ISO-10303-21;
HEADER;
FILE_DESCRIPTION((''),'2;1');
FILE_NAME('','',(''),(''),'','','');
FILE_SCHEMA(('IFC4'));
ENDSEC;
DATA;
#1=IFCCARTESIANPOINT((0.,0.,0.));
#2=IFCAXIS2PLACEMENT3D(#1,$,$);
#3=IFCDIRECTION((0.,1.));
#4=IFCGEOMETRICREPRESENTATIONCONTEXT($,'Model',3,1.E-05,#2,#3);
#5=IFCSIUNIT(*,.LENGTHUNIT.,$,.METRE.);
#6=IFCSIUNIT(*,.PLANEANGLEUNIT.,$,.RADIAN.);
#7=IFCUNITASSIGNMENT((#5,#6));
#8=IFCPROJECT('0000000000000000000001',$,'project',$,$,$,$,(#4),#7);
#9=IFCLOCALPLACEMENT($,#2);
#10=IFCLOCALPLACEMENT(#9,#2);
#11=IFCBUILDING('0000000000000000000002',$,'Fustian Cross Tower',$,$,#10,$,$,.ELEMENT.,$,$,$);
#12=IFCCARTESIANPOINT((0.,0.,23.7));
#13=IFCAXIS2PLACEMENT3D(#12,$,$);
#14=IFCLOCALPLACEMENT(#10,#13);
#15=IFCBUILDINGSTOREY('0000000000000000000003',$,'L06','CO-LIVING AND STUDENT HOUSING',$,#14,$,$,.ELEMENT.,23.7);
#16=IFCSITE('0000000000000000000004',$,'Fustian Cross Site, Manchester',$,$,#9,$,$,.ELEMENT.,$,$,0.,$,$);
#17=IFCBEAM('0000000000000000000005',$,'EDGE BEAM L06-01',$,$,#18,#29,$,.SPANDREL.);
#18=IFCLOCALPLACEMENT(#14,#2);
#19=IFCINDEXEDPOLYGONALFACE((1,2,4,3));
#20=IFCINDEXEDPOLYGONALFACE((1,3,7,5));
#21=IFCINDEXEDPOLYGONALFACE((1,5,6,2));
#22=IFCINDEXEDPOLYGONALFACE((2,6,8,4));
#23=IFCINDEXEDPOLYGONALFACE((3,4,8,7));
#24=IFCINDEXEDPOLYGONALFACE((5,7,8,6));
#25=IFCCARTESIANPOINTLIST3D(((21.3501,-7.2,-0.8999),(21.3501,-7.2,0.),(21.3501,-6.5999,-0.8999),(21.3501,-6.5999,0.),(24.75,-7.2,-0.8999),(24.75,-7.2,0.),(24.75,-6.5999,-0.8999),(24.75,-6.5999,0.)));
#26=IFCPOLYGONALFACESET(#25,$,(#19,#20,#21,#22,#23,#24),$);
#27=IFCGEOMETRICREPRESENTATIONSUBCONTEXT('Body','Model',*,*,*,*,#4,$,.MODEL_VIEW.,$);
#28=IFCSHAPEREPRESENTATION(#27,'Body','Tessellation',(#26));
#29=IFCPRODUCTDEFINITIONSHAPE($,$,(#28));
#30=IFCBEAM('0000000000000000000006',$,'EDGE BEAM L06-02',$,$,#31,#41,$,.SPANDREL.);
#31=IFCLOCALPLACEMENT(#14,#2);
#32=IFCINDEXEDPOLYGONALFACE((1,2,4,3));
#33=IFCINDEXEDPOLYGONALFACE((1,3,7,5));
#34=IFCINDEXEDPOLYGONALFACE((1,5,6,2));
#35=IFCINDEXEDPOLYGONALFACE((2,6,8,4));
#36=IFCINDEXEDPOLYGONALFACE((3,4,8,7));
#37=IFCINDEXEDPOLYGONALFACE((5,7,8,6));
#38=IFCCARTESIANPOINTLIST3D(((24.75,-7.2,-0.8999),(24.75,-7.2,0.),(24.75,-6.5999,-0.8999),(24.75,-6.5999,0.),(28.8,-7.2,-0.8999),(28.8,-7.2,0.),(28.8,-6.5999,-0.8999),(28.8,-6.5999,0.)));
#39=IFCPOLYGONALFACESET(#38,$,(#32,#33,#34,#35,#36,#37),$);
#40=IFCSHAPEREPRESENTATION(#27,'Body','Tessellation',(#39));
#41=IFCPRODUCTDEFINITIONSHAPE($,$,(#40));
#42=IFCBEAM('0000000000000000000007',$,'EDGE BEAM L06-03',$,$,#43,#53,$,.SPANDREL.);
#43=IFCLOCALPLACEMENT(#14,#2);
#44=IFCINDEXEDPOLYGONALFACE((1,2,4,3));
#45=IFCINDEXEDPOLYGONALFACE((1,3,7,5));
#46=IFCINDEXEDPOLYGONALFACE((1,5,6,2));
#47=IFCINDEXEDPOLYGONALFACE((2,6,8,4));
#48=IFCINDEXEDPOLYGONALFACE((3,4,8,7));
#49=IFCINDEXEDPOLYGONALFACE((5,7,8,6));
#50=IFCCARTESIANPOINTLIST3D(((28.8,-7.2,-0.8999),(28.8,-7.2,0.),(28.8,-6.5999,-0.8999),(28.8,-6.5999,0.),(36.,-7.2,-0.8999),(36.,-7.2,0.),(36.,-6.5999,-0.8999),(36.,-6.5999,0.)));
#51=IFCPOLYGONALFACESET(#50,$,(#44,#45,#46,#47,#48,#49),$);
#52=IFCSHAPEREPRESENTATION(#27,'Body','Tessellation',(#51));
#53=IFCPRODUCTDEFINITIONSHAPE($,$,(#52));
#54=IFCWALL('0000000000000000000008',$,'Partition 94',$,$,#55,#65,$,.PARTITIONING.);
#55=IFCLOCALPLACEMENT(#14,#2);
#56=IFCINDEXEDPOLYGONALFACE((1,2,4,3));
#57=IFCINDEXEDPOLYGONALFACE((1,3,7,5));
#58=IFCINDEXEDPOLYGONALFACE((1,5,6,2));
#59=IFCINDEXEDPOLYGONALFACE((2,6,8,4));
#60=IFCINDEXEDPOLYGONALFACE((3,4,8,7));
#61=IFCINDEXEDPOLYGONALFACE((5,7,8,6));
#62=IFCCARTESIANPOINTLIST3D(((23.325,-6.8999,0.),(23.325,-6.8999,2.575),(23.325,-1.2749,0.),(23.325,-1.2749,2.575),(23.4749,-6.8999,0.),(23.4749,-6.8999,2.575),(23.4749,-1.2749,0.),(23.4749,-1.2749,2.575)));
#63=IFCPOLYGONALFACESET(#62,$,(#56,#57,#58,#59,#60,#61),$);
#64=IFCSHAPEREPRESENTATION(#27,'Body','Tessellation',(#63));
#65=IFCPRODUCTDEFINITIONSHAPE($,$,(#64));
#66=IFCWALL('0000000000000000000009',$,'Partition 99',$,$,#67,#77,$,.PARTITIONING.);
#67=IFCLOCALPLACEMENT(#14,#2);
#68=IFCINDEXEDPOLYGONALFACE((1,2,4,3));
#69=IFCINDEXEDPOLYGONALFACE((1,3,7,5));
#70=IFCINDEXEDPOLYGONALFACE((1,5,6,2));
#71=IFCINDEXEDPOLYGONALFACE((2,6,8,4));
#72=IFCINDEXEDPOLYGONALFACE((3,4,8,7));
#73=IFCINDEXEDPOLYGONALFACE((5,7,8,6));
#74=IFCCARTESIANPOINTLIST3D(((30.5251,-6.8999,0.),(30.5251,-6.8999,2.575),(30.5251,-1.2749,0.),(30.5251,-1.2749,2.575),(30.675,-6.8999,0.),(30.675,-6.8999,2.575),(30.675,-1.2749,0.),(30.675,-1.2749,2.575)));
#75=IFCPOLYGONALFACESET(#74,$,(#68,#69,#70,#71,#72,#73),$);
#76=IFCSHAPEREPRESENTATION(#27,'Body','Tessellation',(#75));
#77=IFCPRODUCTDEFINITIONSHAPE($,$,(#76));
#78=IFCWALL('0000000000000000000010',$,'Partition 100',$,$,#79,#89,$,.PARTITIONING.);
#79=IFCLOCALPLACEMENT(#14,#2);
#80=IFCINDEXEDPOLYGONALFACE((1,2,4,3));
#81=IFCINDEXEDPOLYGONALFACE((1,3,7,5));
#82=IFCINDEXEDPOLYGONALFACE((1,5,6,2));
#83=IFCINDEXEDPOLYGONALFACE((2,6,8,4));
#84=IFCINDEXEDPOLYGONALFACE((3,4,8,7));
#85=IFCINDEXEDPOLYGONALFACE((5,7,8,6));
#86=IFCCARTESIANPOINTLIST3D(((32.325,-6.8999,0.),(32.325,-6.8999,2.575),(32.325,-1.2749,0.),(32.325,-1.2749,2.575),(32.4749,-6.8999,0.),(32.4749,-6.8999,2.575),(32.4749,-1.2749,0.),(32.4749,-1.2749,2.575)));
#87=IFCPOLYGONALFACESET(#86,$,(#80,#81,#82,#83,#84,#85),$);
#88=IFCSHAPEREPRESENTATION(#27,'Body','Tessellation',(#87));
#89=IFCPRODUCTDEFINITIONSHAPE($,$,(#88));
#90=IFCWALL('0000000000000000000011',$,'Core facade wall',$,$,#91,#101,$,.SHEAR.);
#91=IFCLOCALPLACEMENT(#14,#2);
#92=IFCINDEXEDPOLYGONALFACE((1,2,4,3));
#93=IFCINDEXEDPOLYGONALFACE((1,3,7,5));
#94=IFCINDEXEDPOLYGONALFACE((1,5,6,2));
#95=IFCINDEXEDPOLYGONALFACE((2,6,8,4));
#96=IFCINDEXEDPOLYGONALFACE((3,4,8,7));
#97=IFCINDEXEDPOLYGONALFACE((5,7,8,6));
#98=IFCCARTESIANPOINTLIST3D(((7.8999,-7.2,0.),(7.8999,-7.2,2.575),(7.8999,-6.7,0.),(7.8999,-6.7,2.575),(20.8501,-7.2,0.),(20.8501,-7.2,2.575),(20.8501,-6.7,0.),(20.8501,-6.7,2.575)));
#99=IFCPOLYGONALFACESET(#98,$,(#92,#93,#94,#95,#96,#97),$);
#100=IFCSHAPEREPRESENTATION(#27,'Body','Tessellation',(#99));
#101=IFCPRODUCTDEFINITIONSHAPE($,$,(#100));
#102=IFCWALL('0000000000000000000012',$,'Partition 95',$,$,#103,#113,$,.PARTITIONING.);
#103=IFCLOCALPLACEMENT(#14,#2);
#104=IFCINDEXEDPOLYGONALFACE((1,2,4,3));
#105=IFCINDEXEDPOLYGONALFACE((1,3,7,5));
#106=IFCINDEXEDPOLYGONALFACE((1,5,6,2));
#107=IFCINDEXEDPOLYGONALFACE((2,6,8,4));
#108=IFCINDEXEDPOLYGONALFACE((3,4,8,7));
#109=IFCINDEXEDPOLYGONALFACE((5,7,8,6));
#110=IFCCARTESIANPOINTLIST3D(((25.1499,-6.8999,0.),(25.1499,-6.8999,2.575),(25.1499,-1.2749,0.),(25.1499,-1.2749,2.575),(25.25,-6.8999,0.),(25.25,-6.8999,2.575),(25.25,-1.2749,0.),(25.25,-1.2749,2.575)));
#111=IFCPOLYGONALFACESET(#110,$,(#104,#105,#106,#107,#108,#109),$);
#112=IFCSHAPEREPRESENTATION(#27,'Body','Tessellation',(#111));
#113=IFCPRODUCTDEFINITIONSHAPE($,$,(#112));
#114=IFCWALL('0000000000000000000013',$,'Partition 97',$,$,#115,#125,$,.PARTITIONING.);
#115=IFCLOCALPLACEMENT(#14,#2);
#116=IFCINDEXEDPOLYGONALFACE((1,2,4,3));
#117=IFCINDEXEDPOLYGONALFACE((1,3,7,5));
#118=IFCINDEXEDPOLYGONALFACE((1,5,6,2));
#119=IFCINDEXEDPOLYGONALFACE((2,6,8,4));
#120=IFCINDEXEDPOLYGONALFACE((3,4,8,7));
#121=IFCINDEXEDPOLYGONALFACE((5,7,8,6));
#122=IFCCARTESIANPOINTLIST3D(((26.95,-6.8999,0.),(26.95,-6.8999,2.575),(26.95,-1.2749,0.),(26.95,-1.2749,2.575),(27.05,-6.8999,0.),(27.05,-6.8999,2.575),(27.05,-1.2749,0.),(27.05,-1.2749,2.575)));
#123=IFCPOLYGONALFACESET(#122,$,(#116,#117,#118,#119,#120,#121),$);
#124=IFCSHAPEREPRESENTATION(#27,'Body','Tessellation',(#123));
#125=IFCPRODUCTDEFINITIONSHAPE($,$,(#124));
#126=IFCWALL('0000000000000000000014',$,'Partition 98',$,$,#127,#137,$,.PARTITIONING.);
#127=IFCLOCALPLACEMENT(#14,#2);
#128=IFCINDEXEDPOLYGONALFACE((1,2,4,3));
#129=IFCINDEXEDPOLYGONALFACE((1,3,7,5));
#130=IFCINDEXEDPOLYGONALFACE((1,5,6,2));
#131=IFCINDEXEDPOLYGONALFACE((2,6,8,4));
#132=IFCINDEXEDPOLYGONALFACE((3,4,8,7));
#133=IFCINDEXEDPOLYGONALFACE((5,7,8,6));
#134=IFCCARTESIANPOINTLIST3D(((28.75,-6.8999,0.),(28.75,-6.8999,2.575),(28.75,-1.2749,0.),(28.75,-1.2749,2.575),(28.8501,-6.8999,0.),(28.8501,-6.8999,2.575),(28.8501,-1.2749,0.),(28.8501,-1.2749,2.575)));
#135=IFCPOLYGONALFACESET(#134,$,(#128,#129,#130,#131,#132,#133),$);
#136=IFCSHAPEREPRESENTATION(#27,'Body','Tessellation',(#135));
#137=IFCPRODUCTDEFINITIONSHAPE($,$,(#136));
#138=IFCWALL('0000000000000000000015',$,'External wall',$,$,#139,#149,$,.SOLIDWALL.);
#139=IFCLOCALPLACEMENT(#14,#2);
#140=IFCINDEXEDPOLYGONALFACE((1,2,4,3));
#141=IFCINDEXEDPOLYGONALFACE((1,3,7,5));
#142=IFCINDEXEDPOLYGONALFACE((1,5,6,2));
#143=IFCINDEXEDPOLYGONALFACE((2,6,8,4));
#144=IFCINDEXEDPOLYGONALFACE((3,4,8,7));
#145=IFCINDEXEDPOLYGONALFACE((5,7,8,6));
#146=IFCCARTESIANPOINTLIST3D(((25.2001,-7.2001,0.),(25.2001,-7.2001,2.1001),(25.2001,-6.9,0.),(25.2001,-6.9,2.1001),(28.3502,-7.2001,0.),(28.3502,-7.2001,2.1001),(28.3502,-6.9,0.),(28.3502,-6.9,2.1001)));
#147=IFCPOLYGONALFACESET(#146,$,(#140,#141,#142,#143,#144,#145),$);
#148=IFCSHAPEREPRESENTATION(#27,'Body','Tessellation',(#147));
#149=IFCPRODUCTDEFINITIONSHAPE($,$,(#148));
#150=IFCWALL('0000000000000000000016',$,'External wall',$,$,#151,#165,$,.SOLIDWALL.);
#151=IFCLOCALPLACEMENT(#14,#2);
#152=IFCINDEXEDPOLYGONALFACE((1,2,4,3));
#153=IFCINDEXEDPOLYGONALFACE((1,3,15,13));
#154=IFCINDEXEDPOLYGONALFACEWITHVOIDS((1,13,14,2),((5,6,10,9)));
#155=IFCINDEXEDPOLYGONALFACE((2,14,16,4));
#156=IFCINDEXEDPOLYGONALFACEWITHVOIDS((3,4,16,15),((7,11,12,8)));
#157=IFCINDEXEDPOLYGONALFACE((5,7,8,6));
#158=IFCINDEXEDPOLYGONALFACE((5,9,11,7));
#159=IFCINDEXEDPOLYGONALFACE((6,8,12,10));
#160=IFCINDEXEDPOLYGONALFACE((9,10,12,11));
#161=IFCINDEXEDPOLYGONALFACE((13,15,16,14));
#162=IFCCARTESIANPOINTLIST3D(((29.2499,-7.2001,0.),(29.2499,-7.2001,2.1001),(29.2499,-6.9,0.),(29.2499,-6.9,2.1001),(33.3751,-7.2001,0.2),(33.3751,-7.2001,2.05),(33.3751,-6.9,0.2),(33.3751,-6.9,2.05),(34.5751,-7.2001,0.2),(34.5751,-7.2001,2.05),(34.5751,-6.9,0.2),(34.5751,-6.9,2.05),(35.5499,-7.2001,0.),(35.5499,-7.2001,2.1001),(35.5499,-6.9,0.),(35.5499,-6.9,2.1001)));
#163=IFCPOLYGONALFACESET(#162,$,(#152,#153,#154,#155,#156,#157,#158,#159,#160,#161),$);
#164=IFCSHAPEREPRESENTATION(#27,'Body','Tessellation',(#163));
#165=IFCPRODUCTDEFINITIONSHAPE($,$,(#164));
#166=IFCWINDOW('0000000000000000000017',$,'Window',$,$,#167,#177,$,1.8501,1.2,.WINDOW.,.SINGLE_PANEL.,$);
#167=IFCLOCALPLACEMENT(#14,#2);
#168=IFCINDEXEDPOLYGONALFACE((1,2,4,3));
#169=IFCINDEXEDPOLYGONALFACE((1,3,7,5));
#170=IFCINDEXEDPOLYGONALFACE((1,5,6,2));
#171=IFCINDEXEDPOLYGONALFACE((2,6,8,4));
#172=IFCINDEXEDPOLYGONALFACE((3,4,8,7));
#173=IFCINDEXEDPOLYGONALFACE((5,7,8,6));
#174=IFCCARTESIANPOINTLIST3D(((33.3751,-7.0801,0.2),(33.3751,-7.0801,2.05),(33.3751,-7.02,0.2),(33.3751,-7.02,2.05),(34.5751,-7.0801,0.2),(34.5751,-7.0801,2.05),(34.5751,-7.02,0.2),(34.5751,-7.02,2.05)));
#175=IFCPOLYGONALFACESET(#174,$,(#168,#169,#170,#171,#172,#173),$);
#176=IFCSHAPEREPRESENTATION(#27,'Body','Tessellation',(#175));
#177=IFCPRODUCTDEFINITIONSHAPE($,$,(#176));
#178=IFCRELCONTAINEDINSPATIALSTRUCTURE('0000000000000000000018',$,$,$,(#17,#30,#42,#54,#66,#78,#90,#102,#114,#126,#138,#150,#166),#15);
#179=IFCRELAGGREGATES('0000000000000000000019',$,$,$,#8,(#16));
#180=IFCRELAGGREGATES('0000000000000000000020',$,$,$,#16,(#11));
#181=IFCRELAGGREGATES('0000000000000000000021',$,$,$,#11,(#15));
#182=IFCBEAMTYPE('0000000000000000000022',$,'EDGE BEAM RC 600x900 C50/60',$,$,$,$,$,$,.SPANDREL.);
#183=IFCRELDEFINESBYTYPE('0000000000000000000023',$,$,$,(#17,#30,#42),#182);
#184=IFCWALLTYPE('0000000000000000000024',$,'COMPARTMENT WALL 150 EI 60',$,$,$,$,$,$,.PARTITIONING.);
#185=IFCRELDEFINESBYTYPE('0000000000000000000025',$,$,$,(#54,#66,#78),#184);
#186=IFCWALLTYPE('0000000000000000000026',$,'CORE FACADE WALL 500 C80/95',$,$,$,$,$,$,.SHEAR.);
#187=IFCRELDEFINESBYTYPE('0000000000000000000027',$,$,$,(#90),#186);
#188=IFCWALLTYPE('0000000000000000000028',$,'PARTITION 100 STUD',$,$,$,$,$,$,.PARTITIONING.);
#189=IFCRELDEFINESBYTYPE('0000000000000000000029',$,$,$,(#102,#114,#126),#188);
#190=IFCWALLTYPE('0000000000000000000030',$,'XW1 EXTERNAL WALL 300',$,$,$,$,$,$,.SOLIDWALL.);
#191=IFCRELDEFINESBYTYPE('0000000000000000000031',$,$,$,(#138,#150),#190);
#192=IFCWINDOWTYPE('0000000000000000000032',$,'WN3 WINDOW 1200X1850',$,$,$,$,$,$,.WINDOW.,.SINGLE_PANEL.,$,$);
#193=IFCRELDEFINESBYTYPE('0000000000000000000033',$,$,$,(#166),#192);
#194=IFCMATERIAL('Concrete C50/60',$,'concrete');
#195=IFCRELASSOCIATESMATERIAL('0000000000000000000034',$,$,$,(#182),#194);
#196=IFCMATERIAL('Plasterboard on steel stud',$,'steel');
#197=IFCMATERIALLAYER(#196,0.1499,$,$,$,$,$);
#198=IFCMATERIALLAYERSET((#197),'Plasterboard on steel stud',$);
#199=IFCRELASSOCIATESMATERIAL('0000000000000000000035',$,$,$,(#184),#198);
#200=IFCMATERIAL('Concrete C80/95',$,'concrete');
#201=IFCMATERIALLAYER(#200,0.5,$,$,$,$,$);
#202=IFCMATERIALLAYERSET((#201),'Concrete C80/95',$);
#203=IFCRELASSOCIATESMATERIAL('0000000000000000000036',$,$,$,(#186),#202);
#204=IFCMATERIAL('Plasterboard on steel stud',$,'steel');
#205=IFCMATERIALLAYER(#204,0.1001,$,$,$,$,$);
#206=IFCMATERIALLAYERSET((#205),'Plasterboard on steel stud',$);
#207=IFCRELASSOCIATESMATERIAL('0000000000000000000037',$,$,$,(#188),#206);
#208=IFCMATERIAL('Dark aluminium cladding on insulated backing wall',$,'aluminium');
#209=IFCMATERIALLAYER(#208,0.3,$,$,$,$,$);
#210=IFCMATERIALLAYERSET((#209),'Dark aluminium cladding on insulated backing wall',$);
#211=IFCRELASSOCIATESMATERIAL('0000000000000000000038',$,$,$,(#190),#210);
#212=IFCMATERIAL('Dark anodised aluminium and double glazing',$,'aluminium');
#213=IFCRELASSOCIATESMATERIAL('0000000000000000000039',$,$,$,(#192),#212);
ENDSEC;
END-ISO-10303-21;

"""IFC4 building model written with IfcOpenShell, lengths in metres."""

from ifc_helpers import new_model, si_unit, direction, frame, frame_2d, origin, origin_2d, place, context, subcontext, project, spatial, rectangle, extrude, material, layer, layer_set, material_profile, profile_set, type_object, element, fill, save


model = new_model("IFC4")

# Units and contexts
model_context = context("Model", 3, precision=1e-05, world=origin(), true_north=direction((0.0, 1.0)))
body_context = subcontext(model_context, "Body", "Model", "MODEL_VIEW")
ifc_project = project(units=[si_unit("LENGTHUNIT", "METRE"), si_unit("PLANEANGLEUNIT", "RADIAN")], contexts=[model_context])

# Site, building, storey
site_placement = place(None, origin())
site = spatial("IfcSite", under=ifc_project, at=site_placement, Name="Fustian Cross Site, Manchester", CompositionType="ELEMENT", RefElevation=0.0)
building_placement = place(site_placement, origin())
building = spatial("IfcBuilding", under=site, at=building_placement, Name="Fustian Cross Tower", CompositionType="ELEMENT")
storey_placement = place(building_placement, frame((0.0, 0.0, 23.7)))
storey = spatial("IfcBuildingStorey", under=building, at=storey_placement, Name="L06", Description="CO-LIVING AND STUDENT HOUSING", CompositionType="ELEMENT", Elevation=23.7)

# Beams
ifc_material_1 = material(Name="Concrete C50/60", Category="concrete")
ifc_material_profile = material_profile(ifc_material_1, rectangle(XDim=0.6001, YDim=0.8999, at=origin_2d()), Name="RC 600x900")
ifc_profile_set = profile_set([ifc_material_profile], Name="Concrete C50/60")
beam_type = type_object("IfcBeamType", Name="EDGE BEAM RC 600x900 C50/60", PredefinedType="SPANDREL", material=ifc_profile_set)
beam_1_placement = place(storey_placement, frame((21.3501, -6.8999, -0.45), z_axis=(1.0, 0.0, 0.0), x_axis=(0.0, 1.0, 0.0)))
element("IfcBeam", 1, at=beam_1_placement, inside=storey, type_object=beam_type, Name="EDGE BEAM L06-01", PredefinedType="SPANDREL", context=body_context, shape_type="SweptSolid", body=[
    extrude(rectangle(XDim=0.6001, YDim=0.8999, at=origin_2d()), origin(), (0.0, 0.0, 1.0), 3.3999),
])
beam_2_placement = place(storey_placement, frame((24.75, -6.8999, -0.45), z_axis=(1.0, 0.0, 0.0), x_axis=(0.0, 1.0, 0.0)))
element("IfcBeam", 2, at=beam_2_placement, inside=storey, type_object=beam_type, Name="EDGE BEAM L06-02", PredefinedType="SPANDREL", context=body_context, shape_type="SweptSolid", body=[
    extrude(rectangle(XDim=0.6001, YDim=0.8999, at=origin_2d()), origin(), (0.0, 0.0, 1.0), 4.05),
])
beam_3_placement = place(storey_placement, frame((28.8, -6.8999, -0.45), z_axis=(1.0, 0.0, 0.0), x_axis=(0.0, 1.0, 0.0)))
element("IfcBeam", 3, at=beam_3_placement, inside=storey, type_object=beam_type, Name="EDGE BEAM L06-03", PredefinedType="SPANDREL", context=body_context, shape_type="SweptSolid", body=[
    extrude(rectangle(XDim=0.6001, YDim=0.8999, at=origin_2d()), origin(), (0.0, 0.0, 1.0), 7.2),
])

# Walls
ifc_material_2 = material(Name="Plasterboard on steel stud", Category="steel")
ifc_layer_1 = layer(ifc_material_2, 0.1499)
ifc_layer_set_1 = layer_set([ifc_layer_1], Name="Plasterboard on steel stud")
wall_type_1 = type_object("IfcWallType", Name="COMPARTMENT WALL 150 EI 60", PredefinedType="PARTITIONING", material=ifc_layer_set_1)
for number, where, z_axis, x_axis, name in (
    (4, (23.3999, -6.8999, 0.0), (0.0, 0.0, 1.0), (0.0, 1.0, 0.0), "Partition 94"),
    (5, (30.6001, -6.8999, 0.0), (0.0, 0.0, 1.0), (0.0, 1.0, 0.0), "Partition 99"),
    (6, (32.3999, -6.8999, 0.0), (0.0, 0.0, 1.0), (0.0, 1.0, 0.0), "Partition 100"),
):
    element("IfcWall", number, at=place(storey_placement, frame(where, z_axis=z_axis, x_axis=x_axis)), inside=storey, type_object=wall_type_1, Name=name, PredefinedType="PARTITIONING", context=body_context, shape_type="SweptSolid", body=[
        extrude(rectangle(XDim=5.625, YDim=0.1499, at=frame_2d((2.8125, 0.0))), origin(), (0.0, 0.0, 1.0), 2.575),
    ])
ifc_material_3 = material(Name="Concrete C80/95", Category="concrete")
ifc_layer_2 = layer(ifc_material_3, 0.5)
ifc_layer_set_2 = layer_set([ifc_layer_2], Name="Concrete C80/95")
wall_type_2 = type_object("IfcWallType", Name="CORE FACADE WALL 500 C80/95", PredefinedType="SHEAR", material=ifc_layer_set_2)
wall_1_placement = place(storey_placement, frame((7.8999, -6.95, 0.0), z_axis=(0.0, 0.0, 1.0), x_axis=(1.0, 0.0, 0.0)))
element("IfcWall", 7, at=wall_1_placement, inside=storey, type_object=wall_type_2, Name="Core facade wall", PredefinedType="SHEAR", context=body_context, shape_type="SweptSolid", body=[
    extrude(rectangle(XDim=12.9502, YDim=0.5, at=frame_2d((6.4751, 0.0))), origin(), (0.0, 0.0, 1.0), 2.575),
])
ifc_material_4 = material(Name="Plasterboard on steel stud", Category="steel")
ifc_layer_3 = layer(ifc_material_4, 0.1001)
ifc_layer_set_3 = layer_set([ifc_layer_3], Name="Plasterboard on steel stud")
wall_type_3 = type_object("IfcWallType", Name="PARTITION 100 STUD", PredefinedType="PARTITIONING", material=ifc_layer_set_3)
for number, where, z_axis, x_axis, name in (
    (8, (25.2, -6.8999, 0.0), (0.0, 0.0, 1.0), (0.0, 1.0, 0.0), "Partition 95"),
    (9, (27.0, -6.8999, 0.0), (0.0, 0.0, 1.0), (0.0, 1.0, 0.0), "Partition 97"),
    (10, (28.8, -6.8999, 0.0), (0.0, 0.0, 1.0), (0.0, 1.0, 0.0), "Partition 98"),
):
    element("IfcWall", number, at=place(storey_placement, frame(where, z_axis=z_axis, x_axis=x_axis)), inside=storey, type_object=wall_type_3, Name=name, PredefinedType="PARTITIONING", context=body_context, shape_type="SweptSolid", body=[
        extrude(rectangle(XDim=5.625, YDim=0.1001, at=frame_2d((2.8125, 0.0))), origin(), (0.0, 0.0, 1.0), 2.575),
    ])
ifc_material_5 = material(Name="Dark aluminium cladding on insulated backing wall", Category="aluminium")
ifc_layer_4 = layer(ifc_material_5, 0.3)
ifc_layer_set_4 = layer_set([ifc_layer_4], Name="Dark aluminium cladding on insulated backing wall")
wall_type_4 = type_object("IfcWallType", Name="XW1 EXTERNAL WALL 300", PredefinedType="SOLIDWALL", material=ifc_layer_set_4)
wall_2_placement = place(storey_placement, frame((25.2, -7.05, 0.0), z_axis=(0.0, 0.0, 1.0), x_axis=(1.0, 0.0, 0.0)))
element("IfcWall", 11, at=wall_2_placement, inside=storey, type_object=wall_type_4, Name="External wall", PredefinedType="SOLIDWALL", context=body_context, shape_type="SweptSolid", body=[
    extrude(rectangle(XDim=3.1501, YDim=0.3, at=frame_2d((1.5752, 0.0))), origin(), (0.0, 0.0, 1.0), 2.1001),
])

# Wall, opening, window
wall_3_placement = place(storey_placement, frame((29.25, -7.05, 0.0), z_axis=(0.0, 0.0, 1.0), x_axis=(1.0, 0.0, 0.0)))
wall_3 = element("IfcWall", 12, at=wall_3_placement, inside=storey, type_object=wall_type_4, Name="External wall", PredefinedType="SOLIDWALL", context=body_context, shape_type="SweptSolid", body=[
    extrude(rectangle(XDim=6.3, YDim=0.3, at=frame_2d((3.1499, 0.0))), origin(), (0.0, 0.0, 1.0), 2.1001),
])
opening_1_placement = place(wall_3_placement, frame((4.125, 0.0, 0.2)))
opening_1 = element("IfcOpeningElement", 13, at=opening_1_placement, cuts=wall_3, PredefinedType="OPENING", context=body_context, shape_type="SweptSolid", body=[
    extrude(rectangle(XDim=1.2, YDim=1.8501, at=frame_2d((0.6001, 0.925))), frame((0.0, 0.1599, 0.0), z_axis=(0.0, -1.0, 0.0), x_axis=(1.0, 0.0, 0.0)), (0.0, 0.0, 1.0), 0.3201),
])
ifc_material_6 = material(Name="Dark anodised aluminium and double glazing", Category="aluminium")
window_type = type_object("IfcWindowType", Name="WN3 WINDOW 1200X1850", PartitioningType="SINGLE_PANEL", PredefinedType="WINDOW", material=ifc_material_6)
window_1_placement = place(opening_1_placement, origin())
window_1 = element("IfcWindow", 14, at=window_1_placement, inside=storey, type_object=window_type, Name="Window", OverallHeight=1.8501, OverallWidth=1.2, PartitioningType="SINGLE_PANEL", PredefinedType="WINDOW", context=body_context, shape_type="SweptSolid", body=[
    extrude(rectangle(XDim=1.2, YDim=1.8501, at=frame_2d((0.6001, 0.925))), frame((0.0, 0.03, 0.0), z_axis=(0.0, -1.0, 0.0), x_axis=(1.0, 0.0, 0.0)), (0.0, 0.0, 1.0), 0.0601),
])
fill(opening_1, window_1)

save(model, "model.ifc")
